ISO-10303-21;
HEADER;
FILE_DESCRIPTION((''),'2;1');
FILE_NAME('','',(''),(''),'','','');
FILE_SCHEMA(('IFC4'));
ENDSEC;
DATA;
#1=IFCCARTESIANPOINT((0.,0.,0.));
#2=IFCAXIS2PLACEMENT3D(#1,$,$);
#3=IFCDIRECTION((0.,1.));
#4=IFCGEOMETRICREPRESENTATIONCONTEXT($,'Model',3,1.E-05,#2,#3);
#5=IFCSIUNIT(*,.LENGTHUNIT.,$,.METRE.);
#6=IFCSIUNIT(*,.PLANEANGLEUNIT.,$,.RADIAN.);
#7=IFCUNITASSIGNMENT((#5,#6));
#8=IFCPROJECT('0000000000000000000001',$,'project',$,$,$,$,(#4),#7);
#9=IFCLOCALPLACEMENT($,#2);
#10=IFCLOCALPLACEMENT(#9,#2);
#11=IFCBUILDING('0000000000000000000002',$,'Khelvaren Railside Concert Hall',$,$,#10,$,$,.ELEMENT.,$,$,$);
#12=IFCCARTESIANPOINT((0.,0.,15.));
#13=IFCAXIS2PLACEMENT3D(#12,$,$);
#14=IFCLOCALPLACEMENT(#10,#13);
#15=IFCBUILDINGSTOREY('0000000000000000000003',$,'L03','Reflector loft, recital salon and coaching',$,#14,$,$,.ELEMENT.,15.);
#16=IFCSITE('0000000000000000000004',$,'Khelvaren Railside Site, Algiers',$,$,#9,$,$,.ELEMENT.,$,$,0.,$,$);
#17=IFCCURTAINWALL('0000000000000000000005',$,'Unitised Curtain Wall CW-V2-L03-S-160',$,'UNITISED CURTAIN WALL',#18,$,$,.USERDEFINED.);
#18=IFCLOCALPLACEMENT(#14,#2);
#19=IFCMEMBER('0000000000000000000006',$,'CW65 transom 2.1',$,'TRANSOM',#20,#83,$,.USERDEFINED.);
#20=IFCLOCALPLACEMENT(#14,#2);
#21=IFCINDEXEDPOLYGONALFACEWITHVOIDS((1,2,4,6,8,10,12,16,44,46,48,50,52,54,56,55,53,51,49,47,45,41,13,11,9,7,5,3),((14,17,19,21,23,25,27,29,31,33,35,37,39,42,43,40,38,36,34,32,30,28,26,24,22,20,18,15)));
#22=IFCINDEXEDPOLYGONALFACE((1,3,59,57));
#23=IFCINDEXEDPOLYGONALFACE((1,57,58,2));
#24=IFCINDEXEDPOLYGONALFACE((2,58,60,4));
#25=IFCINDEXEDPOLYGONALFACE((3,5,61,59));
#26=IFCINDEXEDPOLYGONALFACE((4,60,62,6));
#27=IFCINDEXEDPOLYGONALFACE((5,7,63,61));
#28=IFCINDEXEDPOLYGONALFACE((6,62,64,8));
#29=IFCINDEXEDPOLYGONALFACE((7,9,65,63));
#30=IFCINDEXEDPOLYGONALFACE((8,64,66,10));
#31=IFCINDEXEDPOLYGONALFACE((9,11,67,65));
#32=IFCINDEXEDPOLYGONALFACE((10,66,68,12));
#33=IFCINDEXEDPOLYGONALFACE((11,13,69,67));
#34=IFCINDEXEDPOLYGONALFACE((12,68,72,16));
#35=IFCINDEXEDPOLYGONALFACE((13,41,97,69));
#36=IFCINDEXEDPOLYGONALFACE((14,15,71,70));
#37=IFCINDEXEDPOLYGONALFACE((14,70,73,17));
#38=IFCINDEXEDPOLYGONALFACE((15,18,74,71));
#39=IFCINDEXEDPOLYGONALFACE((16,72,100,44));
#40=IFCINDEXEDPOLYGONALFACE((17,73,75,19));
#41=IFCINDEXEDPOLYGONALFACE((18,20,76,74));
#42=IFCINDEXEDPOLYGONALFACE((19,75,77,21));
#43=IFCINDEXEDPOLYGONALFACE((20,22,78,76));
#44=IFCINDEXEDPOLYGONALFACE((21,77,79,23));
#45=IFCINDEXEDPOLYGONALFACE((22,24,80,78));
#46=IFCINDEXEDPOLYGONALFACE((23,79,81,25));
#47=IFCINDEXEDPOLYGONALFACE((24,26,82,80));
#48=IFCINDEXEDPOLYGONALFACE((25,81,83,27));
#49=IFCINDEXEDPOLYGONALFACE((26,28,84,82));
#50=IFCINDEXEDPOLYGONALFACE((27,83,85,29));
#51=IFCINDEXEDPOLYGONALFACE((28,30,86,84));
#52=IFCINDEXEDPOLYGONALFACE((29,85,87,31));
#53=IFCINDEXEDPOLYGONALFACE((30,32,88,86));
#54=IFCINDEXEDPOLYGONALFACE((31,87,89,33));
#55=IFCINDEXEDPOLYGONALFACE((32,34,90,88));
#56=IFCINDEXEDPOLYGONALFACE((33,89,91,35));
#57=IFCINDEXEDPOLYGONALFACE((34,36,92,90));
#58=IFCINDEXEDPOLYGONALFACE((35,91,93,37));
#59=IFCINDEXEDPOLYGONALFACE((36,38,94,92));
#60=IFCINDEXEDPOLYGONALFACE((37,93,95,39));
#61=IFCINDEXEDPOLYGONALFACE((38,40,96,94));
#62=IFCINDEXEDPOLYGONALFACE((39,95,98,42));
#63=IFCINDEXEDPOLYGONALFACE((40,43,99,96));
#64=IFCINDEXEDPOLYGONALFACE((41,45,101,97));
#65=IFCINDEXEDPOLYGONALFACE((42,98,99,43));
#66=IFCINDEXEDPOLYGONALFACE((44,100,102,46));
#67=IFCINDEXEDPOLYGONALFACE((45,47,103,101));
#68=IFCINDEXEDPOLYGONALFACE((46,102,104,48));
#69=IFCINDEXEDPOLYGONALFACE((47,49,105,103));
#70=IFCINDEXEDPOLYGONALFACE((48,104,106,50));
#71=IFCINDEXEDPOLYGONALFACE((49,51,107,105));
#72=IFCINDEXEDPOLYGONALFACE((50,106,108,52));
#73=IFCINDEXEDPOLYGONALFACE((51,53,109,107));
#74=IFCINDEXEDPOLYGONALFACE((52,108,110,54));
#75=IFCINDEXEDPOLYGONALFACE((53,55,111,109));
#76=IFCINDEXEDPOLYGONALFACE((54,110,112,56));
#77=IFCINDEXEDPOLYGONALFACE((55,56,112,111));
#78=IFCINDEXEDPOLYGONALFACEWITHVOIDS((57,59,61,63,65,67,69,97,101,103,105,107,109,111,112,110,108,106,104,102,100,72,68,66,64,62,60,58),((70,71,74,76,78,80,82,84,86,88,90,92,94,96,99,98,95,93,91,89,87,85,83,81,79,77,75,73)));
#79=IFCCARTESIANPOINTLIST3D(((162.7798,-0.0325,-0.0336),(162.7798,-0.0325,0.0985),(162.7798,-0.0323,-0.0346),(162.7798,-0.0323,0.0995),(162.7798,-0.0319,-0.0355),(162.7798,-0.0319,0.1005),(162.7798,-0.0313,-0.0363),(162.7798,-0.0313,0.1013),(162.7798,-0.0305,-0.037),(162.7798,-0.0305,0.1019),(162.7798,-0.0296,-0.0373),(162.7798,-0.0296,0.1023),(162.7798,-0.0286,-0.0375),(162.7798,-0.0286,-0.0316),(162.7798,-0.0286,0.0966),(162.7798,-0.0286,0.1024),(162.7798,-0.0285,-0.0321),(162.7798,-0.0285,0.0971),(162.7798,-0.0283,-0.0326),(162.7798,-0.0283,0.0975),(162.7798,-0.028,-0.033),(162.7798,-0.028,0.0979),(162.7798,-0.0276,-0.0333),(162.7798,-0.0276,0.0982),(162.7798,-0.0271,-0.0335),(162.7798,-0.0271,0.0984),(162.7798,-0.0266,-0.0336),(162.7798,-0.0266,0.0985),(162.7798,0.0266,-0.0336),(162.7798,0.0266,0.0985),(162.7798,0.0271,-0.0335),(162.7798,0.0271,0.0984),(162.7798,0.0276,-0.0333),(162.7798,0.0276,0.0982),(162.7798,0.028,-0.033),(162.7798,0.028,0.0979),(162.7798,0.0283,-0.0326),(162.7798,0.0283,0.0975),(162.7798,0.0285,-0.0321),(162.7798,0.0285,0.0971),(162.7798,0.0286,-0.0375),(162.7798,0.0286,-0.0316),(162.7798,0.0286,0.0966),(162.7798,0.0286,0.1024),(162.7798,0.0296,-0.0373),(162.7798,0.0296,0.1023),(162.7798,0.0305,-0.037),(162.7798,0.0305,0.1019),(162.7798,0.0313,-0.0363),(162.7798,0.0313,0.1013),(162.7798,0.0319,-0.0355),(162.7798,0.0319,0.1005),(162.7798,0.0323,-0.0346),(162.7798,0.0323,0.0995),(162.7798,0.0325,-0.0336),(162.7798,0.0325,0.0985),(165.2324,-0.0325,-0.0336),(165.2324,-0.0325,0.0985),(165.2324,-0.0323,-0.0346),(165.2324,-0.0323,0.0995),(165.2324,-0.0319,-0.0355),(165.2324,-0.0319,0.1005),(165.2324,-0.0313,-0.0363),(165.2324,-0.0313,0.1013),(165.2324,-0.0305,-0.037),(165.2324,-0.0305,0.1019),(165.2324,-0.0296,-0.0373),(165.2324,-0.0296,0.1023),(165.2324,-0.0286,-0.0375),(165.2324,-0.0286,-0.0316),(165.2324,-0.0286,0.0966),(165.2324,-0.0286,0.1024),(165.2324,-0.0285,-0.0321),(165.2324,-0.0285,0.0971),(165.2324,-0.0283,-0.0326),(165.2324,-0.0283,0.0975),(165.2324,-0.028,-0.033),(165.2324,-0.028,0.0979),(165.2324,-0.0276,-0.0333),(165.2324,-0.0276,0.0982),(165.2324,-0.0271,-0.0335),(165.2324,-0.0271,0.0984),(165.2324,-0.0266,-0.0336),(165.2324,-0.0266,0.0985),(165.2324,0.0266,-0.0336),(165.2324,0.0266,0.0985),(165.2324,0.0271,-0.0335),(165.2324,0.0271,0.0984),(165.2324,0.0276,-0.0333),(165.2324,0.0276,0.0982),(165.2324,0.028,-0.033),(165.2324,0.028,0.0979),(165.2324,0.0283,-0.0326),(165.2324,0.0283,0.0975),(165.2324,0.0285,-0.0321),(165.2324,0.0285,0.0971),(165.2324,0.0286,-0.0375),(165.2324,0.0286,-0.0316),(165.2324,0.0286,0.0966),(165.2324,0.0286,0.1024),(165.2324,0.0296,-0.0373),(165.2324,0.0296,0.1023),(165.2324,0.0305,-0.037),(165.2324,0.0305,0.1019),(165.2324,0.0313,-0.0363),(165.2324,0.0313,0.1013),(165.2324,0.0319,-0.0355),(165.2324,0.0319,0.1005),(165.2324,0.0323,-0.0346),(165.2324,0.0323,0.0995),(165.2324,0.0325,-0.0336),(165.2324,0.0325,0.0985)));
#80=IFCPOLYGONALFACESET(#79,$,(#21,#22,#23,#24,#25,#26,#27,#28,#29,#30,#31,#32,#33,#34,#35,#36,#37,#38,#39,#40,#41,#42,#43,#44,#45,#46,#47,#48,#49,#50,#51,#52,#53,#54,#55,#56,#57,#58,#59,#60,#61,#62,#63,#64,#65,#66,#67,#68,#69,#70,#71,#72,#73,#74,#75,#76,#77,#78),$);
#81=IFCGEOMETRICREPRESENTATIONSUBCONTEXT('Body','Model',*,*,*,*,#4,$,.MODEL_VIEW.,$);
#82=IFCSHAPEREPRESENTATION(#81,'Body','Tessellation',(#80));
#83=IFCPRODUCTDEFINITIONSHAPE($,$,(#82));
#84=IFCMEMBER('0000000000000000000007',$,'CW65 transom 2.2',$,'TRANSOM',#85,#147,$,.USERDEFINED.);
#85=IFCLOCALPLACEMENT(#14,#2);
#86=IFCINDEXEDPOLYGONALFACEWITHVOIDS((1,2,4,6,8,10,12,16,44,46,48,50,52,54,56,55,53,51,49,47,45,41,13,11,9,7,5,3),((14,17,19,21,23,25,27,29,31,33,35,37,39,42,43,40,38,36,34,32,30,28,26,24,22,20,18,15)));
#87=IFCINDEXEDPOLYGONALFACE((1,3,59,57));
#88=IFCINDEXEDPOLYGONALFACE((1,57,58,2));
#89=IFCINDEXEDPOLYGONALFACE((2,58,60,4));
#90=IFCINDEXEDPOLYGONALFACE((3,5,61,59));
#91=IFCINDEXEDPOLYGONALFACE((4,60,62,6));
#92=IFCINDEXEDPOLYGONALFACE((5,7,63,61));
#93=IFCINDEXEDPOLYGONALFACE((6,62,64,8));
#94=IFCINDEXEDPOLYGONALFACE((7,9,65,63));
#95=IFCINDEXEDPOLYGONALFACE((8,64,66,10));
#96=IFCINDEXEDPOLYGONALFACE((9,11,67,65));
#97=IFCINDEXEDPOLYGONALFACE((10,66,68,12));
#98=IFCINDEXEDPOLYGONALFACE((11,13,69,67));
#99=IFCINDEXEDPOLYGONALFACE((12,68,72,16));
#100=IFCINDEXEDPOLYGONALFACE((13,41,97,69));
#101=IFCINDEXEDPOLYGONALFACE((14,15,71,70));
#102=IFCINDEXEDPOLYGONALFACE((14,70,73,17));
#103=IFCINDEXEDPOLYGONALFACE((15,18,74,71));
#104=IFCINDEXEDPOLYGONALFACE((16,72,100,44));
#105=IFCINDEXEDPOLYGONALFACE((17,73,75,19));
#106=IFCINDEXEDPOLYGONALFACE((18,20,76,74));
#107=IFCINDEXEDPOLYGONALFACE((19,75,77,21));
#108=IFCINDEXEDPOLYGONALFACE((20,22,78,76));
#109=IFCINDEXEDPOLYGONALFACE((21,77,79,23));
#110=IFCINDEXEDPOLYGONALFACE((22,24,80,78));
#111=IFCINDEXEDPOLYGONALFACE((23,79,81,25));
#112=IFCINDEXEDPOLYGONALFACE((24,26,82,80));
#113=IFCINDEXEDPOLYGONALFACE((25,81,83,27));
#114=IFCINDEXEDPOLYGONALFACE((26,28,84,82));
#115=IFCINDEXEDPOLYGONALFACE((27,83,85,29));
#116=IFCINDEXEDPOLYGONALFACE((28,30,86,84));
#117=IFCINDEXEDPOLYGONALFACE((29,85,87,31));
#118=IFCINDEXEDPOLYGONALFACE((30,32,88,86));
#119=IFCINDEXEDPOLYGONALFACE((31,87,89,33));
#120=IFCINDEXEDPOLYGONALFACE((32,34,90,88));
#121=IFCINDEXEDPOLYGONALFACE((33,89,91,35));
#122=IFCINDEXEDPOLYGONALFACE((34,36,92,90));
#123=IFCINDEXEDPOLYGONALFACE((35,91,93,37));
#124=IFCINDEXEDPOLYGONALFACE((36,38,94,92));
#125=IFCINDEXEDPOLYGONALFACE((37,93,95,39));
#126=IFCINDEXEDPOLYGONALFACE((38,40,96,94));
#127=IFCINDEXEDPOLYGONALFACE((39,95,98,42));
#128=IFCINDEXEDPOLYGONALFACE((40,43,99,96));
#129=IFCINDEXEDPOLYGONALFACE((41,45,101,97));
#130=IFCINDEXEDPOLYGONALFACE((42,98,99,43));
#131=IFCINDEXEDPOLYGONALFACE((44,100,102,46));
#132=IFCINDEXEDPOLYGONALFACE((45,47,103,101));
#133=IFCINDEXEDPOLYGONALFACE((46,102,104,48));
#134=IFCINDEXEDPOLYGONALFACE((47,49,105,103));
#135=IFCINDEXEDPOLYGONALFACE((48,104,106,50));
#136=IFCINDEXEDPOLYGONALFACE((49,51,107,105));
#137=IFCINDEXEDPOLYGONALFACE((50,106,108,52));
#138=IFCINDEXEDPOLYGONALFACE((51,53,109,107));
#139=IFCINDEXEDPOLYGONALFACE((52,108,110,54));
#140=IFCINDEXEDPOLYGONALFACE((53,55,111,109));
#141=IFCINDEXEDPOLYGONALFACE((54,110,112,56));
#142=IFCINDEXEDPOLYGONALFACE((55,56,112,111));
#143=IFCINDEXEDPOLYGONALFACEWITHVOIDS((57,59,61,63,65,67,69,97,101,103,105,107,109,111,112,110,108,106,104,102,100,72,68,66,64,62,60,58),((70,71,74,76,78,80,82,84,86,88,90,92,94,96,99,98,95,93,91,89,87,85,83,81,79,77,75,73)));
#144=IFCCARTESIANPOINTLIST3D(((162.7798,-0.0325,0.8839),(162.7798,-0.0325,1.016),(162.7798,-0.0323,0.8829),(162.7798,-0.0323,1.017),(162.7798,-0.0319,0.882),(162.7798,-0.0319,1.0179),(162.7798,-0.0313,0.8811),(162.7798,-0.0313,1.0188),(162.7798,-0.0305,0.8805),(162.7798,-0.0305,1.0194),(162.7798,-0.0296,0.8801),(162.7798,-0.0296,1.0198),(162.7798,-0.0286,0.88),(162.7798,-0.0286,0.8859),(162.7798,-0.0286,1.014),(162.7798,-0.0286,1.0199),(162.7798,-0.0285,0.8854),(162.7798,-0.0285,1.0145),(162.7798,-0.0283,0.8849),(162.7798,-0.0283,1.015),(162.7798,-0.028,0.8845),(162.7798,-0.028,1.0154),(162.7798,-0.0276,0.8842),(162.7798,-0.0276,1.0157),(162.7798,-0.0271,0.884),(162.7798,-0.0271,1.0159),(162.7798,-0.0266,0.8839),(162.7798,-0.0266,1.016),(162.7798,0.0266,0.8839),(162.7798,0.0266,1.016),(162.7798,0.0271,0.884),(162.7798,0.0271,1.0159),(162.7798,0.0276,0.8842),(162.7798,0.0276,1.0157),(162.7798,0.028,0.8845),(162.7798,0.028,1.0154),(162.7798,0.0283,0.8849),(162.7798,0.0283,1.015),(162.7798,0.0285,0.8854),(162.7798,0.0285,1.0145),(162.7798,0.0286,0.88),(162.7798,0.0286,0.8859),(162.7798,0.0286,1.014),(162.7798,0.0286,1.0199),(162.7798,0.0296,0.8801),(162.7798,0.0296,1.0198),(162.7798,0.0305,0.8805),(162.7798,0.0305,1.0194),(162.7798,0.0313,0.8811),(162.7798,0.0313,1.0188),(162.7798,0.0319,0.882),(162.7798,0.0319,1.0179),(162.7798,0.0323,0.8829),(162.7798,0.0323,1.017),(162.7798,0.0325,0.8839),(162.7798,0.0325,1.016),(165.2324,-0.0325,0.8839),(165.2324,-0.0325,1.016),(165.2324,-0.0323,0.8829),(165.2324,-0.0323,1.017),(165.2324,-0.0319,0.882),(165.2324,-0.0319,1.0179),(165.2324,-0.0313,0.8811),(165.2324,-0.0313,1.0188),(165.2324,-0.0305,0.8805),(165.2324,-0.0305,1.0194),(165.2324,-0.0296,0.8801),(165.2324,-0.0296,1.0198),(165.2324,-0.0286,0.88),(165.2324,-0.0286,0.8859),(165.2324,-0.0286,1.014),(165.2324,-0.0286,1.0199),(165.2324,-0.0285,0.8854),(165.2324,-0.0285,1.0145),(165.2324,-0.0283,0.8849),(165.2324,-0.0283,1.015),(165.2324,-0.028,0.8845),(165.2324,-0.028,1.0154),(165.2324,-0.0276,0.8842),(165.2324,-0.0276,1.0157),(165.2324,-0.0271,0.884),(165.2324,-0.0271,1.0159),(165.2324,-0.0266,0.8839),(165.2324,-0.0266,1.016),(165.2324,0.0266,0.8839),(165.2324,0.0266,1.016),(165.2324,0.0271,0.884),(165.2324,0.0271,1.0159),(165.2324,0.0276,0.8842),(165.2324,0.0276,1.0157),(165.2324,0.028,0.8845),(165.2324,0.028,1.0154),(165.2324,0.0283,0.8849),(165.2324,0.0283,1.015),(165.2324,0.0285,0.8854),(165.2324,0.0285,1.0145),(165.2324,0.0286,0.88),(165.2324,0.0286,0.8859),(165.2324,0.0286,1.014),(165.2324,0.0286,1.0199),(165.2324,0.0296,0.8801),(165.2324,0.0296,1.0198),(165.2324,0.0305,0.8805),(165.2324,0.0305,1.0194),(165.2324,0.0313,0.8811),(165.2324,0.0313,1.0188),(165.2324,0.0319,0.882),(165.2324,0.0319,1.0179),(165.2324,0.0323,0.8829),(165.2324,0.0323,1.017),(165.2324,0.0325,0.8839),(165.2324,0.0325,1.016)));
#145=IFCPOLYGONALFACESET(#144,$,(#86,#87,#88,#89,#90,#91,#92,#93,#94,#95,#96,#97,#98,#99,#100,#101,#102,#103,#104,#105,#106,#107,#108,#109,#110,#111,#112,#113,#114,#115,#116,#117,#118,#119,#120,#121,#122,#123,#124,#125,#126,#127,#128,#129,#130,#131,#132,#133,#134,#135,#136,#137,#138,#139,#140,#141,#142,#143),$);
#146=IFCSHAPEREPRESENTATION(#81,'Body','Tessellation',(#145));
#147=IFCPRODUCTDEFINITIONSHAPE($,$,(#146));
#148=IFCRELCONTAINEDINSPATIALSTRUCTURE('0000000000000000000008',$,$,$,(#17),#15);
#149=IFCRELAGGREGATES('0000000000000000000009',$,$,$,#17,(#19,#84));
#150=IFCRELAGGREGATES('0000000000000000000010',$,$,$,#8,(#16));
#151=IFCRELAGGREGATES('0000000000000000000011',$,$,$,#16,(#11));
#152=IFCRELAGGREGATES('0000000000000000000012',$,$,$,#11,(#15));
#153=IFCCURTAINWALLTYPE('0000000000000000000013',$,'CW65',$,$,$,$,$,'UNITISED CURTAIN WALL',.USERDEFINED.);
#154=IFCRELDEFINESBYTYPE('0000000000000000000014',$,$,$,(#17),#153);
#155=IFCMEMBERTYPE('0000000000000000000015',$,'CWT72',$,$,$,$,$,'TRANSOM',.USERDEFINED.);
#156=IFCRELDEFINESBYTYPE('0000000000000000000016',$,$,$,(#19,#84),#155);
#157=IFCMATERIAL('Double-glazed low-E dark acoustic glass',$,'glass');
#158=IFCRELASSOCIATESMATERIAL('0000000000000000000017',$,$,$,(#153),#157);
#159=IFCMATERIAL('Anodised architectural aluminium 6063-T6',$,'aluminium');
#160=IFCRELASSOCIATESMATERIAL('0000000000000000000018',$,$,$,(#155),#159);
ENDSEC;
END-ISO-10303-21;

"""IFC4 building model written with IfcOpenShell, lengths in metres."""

from ifc_helpers import new_model, si_unit, direction, frame, origin, origin_2d, place, context, subcontext, project, spatial, hollow_rectangle, extrude, material, material_profile, profile_set, type_object, element, aggregate, save


model = new_model("IFC4")

# Units and contexts
model_context = context("Model", 3, precision=1e-05, world=origin(), true_north=direction((0.0, 1.0)))
body_context = subcontext(model_context, "Body", "Model", "MODEL_VIEW")
ifc_project = project(units=[si_unit("LENGTHUNIT", "METRE"), si_unit("PLANEANGLEUNIT", "RADIAN")], contexts=[model_context])

# Site, building, storey
site_placement = place(None, origin())
site = spatial("IfcSite", under=ifc_project, at=site_placement, Name="Khelvaren Railside Site, Algiers", CompositionType="ELEMENT", RefElevation=0.0)
building_placement = place(site_placement, origin())
building = spatial("IfcBuilding", under=site, at=building_placement, Name="Khelvaren Railside Concert Hall", CompositionType="ELEMENT")
storey_placement = place(building_placement, frame((0.0, 0.0, 15.0)))
storey = spatial("IfcBuildingStorey", under=building, at=storey_placement, Name="L03", Description="Reflector loft, recital salon and coaching", CompositionType="ELEMENT", Elevation=15.0)

# Curtain wall, members
ifc_material_1 = material(Name="Double-glazed low-E dark acoustic glass", Category="glass")
curtain_wall_type = type_object("IfcCurtainWallType", Name="CW65", ElementType="UNITISED CURTAIN WALL", PredefinedType="USERDEFINED", material=ifc_material_1)
curtain_wall_placement = place(storey_placement, origin())
curtain_wall = element("IfcCurtainWall", 1, at=curtain_wall_placement, inside=storey, type_object=curtain_wall_type, Name="Unitised Curtain Wall CW-V2-L03-S-160", ObjectType="UNITISED CURTAIN WALL", PredefinedType="USERDEFINED")
ifc_material_2 = material(Name="Anodised architectural aluminium 6063-T6", Category="aluminium")
ifc_material_profile_1 = material_profile(ifc_material_2, hollow_rectangle(XDim=0.0649, YDim=0.1399, WallThickness=0.0039, InnerFilletRadius=0.002, OuterFilletRadius=0.0039, at=origin_2d()), Name="CWT 65x140x4")
ifc_profile_set_1 = profile_set([ifc_material_profile_1], Name="Anodised architectural aluminium 6063-T6")
member_type_1 = type_object("IfcMemberType", Name="CWT72", ElementType="TRANSOM", PredefinedType="USERDEFINED", material=ifc_profile_set_1)
member_1_placement = place(storey_placement, frame((165.2324, 0.0, 0.0325), z_axis=(-1.0, 0.0, 0.0), x_axis=(0.0, -1.0, 0.0)))
member_1 = element("IfcMember", 2, at=member_1_placement, type_object=member_type_1, Name="CW65 transom 2.1", ObjectType="TRANSOM", PredefinedType="USERDEFINED", context=body_context, shape_type="SweptSolid", body=[
    extrude(hollow_rectangle(XDim=0.0649, YDim=0.1399, WallThickness=0.0039, InnerFilletRadius=0.002, OuterFilletRadius=0.0039, at=origin_2d()), origin(), (0.0, 0.0, 1.0), 2.4526),
])
member_2_placement = place(storey_placement, frame((165.2324, 0.0, 0.95), z_axis=(-1.0, 0.0, 0.0), x_axis=(0.0, -1.0, 0.0)))
member_2 = element("IfcMember", 3, at=member_2_placement, type_object=member_type_1, Name="CW65 transom 2.2", ObjectType="TRANSOM", PredefinedType="USERDEFINED", context=body_context, shape_type="SweptSolid", body=[
    extrude(hollow_rectangle(XDim=0.0649, YDim=0.1399, WallThickness=0.0039, InnerFilletRadius=0.002, OuterFilletRadius=0.0039, at=origin_2d()), origin(), (0.0, 0.0, 1.0), 2.4526),
])

aggregate(curtain_wall, [member_1, member_2])

save(model, "model.ifc")
